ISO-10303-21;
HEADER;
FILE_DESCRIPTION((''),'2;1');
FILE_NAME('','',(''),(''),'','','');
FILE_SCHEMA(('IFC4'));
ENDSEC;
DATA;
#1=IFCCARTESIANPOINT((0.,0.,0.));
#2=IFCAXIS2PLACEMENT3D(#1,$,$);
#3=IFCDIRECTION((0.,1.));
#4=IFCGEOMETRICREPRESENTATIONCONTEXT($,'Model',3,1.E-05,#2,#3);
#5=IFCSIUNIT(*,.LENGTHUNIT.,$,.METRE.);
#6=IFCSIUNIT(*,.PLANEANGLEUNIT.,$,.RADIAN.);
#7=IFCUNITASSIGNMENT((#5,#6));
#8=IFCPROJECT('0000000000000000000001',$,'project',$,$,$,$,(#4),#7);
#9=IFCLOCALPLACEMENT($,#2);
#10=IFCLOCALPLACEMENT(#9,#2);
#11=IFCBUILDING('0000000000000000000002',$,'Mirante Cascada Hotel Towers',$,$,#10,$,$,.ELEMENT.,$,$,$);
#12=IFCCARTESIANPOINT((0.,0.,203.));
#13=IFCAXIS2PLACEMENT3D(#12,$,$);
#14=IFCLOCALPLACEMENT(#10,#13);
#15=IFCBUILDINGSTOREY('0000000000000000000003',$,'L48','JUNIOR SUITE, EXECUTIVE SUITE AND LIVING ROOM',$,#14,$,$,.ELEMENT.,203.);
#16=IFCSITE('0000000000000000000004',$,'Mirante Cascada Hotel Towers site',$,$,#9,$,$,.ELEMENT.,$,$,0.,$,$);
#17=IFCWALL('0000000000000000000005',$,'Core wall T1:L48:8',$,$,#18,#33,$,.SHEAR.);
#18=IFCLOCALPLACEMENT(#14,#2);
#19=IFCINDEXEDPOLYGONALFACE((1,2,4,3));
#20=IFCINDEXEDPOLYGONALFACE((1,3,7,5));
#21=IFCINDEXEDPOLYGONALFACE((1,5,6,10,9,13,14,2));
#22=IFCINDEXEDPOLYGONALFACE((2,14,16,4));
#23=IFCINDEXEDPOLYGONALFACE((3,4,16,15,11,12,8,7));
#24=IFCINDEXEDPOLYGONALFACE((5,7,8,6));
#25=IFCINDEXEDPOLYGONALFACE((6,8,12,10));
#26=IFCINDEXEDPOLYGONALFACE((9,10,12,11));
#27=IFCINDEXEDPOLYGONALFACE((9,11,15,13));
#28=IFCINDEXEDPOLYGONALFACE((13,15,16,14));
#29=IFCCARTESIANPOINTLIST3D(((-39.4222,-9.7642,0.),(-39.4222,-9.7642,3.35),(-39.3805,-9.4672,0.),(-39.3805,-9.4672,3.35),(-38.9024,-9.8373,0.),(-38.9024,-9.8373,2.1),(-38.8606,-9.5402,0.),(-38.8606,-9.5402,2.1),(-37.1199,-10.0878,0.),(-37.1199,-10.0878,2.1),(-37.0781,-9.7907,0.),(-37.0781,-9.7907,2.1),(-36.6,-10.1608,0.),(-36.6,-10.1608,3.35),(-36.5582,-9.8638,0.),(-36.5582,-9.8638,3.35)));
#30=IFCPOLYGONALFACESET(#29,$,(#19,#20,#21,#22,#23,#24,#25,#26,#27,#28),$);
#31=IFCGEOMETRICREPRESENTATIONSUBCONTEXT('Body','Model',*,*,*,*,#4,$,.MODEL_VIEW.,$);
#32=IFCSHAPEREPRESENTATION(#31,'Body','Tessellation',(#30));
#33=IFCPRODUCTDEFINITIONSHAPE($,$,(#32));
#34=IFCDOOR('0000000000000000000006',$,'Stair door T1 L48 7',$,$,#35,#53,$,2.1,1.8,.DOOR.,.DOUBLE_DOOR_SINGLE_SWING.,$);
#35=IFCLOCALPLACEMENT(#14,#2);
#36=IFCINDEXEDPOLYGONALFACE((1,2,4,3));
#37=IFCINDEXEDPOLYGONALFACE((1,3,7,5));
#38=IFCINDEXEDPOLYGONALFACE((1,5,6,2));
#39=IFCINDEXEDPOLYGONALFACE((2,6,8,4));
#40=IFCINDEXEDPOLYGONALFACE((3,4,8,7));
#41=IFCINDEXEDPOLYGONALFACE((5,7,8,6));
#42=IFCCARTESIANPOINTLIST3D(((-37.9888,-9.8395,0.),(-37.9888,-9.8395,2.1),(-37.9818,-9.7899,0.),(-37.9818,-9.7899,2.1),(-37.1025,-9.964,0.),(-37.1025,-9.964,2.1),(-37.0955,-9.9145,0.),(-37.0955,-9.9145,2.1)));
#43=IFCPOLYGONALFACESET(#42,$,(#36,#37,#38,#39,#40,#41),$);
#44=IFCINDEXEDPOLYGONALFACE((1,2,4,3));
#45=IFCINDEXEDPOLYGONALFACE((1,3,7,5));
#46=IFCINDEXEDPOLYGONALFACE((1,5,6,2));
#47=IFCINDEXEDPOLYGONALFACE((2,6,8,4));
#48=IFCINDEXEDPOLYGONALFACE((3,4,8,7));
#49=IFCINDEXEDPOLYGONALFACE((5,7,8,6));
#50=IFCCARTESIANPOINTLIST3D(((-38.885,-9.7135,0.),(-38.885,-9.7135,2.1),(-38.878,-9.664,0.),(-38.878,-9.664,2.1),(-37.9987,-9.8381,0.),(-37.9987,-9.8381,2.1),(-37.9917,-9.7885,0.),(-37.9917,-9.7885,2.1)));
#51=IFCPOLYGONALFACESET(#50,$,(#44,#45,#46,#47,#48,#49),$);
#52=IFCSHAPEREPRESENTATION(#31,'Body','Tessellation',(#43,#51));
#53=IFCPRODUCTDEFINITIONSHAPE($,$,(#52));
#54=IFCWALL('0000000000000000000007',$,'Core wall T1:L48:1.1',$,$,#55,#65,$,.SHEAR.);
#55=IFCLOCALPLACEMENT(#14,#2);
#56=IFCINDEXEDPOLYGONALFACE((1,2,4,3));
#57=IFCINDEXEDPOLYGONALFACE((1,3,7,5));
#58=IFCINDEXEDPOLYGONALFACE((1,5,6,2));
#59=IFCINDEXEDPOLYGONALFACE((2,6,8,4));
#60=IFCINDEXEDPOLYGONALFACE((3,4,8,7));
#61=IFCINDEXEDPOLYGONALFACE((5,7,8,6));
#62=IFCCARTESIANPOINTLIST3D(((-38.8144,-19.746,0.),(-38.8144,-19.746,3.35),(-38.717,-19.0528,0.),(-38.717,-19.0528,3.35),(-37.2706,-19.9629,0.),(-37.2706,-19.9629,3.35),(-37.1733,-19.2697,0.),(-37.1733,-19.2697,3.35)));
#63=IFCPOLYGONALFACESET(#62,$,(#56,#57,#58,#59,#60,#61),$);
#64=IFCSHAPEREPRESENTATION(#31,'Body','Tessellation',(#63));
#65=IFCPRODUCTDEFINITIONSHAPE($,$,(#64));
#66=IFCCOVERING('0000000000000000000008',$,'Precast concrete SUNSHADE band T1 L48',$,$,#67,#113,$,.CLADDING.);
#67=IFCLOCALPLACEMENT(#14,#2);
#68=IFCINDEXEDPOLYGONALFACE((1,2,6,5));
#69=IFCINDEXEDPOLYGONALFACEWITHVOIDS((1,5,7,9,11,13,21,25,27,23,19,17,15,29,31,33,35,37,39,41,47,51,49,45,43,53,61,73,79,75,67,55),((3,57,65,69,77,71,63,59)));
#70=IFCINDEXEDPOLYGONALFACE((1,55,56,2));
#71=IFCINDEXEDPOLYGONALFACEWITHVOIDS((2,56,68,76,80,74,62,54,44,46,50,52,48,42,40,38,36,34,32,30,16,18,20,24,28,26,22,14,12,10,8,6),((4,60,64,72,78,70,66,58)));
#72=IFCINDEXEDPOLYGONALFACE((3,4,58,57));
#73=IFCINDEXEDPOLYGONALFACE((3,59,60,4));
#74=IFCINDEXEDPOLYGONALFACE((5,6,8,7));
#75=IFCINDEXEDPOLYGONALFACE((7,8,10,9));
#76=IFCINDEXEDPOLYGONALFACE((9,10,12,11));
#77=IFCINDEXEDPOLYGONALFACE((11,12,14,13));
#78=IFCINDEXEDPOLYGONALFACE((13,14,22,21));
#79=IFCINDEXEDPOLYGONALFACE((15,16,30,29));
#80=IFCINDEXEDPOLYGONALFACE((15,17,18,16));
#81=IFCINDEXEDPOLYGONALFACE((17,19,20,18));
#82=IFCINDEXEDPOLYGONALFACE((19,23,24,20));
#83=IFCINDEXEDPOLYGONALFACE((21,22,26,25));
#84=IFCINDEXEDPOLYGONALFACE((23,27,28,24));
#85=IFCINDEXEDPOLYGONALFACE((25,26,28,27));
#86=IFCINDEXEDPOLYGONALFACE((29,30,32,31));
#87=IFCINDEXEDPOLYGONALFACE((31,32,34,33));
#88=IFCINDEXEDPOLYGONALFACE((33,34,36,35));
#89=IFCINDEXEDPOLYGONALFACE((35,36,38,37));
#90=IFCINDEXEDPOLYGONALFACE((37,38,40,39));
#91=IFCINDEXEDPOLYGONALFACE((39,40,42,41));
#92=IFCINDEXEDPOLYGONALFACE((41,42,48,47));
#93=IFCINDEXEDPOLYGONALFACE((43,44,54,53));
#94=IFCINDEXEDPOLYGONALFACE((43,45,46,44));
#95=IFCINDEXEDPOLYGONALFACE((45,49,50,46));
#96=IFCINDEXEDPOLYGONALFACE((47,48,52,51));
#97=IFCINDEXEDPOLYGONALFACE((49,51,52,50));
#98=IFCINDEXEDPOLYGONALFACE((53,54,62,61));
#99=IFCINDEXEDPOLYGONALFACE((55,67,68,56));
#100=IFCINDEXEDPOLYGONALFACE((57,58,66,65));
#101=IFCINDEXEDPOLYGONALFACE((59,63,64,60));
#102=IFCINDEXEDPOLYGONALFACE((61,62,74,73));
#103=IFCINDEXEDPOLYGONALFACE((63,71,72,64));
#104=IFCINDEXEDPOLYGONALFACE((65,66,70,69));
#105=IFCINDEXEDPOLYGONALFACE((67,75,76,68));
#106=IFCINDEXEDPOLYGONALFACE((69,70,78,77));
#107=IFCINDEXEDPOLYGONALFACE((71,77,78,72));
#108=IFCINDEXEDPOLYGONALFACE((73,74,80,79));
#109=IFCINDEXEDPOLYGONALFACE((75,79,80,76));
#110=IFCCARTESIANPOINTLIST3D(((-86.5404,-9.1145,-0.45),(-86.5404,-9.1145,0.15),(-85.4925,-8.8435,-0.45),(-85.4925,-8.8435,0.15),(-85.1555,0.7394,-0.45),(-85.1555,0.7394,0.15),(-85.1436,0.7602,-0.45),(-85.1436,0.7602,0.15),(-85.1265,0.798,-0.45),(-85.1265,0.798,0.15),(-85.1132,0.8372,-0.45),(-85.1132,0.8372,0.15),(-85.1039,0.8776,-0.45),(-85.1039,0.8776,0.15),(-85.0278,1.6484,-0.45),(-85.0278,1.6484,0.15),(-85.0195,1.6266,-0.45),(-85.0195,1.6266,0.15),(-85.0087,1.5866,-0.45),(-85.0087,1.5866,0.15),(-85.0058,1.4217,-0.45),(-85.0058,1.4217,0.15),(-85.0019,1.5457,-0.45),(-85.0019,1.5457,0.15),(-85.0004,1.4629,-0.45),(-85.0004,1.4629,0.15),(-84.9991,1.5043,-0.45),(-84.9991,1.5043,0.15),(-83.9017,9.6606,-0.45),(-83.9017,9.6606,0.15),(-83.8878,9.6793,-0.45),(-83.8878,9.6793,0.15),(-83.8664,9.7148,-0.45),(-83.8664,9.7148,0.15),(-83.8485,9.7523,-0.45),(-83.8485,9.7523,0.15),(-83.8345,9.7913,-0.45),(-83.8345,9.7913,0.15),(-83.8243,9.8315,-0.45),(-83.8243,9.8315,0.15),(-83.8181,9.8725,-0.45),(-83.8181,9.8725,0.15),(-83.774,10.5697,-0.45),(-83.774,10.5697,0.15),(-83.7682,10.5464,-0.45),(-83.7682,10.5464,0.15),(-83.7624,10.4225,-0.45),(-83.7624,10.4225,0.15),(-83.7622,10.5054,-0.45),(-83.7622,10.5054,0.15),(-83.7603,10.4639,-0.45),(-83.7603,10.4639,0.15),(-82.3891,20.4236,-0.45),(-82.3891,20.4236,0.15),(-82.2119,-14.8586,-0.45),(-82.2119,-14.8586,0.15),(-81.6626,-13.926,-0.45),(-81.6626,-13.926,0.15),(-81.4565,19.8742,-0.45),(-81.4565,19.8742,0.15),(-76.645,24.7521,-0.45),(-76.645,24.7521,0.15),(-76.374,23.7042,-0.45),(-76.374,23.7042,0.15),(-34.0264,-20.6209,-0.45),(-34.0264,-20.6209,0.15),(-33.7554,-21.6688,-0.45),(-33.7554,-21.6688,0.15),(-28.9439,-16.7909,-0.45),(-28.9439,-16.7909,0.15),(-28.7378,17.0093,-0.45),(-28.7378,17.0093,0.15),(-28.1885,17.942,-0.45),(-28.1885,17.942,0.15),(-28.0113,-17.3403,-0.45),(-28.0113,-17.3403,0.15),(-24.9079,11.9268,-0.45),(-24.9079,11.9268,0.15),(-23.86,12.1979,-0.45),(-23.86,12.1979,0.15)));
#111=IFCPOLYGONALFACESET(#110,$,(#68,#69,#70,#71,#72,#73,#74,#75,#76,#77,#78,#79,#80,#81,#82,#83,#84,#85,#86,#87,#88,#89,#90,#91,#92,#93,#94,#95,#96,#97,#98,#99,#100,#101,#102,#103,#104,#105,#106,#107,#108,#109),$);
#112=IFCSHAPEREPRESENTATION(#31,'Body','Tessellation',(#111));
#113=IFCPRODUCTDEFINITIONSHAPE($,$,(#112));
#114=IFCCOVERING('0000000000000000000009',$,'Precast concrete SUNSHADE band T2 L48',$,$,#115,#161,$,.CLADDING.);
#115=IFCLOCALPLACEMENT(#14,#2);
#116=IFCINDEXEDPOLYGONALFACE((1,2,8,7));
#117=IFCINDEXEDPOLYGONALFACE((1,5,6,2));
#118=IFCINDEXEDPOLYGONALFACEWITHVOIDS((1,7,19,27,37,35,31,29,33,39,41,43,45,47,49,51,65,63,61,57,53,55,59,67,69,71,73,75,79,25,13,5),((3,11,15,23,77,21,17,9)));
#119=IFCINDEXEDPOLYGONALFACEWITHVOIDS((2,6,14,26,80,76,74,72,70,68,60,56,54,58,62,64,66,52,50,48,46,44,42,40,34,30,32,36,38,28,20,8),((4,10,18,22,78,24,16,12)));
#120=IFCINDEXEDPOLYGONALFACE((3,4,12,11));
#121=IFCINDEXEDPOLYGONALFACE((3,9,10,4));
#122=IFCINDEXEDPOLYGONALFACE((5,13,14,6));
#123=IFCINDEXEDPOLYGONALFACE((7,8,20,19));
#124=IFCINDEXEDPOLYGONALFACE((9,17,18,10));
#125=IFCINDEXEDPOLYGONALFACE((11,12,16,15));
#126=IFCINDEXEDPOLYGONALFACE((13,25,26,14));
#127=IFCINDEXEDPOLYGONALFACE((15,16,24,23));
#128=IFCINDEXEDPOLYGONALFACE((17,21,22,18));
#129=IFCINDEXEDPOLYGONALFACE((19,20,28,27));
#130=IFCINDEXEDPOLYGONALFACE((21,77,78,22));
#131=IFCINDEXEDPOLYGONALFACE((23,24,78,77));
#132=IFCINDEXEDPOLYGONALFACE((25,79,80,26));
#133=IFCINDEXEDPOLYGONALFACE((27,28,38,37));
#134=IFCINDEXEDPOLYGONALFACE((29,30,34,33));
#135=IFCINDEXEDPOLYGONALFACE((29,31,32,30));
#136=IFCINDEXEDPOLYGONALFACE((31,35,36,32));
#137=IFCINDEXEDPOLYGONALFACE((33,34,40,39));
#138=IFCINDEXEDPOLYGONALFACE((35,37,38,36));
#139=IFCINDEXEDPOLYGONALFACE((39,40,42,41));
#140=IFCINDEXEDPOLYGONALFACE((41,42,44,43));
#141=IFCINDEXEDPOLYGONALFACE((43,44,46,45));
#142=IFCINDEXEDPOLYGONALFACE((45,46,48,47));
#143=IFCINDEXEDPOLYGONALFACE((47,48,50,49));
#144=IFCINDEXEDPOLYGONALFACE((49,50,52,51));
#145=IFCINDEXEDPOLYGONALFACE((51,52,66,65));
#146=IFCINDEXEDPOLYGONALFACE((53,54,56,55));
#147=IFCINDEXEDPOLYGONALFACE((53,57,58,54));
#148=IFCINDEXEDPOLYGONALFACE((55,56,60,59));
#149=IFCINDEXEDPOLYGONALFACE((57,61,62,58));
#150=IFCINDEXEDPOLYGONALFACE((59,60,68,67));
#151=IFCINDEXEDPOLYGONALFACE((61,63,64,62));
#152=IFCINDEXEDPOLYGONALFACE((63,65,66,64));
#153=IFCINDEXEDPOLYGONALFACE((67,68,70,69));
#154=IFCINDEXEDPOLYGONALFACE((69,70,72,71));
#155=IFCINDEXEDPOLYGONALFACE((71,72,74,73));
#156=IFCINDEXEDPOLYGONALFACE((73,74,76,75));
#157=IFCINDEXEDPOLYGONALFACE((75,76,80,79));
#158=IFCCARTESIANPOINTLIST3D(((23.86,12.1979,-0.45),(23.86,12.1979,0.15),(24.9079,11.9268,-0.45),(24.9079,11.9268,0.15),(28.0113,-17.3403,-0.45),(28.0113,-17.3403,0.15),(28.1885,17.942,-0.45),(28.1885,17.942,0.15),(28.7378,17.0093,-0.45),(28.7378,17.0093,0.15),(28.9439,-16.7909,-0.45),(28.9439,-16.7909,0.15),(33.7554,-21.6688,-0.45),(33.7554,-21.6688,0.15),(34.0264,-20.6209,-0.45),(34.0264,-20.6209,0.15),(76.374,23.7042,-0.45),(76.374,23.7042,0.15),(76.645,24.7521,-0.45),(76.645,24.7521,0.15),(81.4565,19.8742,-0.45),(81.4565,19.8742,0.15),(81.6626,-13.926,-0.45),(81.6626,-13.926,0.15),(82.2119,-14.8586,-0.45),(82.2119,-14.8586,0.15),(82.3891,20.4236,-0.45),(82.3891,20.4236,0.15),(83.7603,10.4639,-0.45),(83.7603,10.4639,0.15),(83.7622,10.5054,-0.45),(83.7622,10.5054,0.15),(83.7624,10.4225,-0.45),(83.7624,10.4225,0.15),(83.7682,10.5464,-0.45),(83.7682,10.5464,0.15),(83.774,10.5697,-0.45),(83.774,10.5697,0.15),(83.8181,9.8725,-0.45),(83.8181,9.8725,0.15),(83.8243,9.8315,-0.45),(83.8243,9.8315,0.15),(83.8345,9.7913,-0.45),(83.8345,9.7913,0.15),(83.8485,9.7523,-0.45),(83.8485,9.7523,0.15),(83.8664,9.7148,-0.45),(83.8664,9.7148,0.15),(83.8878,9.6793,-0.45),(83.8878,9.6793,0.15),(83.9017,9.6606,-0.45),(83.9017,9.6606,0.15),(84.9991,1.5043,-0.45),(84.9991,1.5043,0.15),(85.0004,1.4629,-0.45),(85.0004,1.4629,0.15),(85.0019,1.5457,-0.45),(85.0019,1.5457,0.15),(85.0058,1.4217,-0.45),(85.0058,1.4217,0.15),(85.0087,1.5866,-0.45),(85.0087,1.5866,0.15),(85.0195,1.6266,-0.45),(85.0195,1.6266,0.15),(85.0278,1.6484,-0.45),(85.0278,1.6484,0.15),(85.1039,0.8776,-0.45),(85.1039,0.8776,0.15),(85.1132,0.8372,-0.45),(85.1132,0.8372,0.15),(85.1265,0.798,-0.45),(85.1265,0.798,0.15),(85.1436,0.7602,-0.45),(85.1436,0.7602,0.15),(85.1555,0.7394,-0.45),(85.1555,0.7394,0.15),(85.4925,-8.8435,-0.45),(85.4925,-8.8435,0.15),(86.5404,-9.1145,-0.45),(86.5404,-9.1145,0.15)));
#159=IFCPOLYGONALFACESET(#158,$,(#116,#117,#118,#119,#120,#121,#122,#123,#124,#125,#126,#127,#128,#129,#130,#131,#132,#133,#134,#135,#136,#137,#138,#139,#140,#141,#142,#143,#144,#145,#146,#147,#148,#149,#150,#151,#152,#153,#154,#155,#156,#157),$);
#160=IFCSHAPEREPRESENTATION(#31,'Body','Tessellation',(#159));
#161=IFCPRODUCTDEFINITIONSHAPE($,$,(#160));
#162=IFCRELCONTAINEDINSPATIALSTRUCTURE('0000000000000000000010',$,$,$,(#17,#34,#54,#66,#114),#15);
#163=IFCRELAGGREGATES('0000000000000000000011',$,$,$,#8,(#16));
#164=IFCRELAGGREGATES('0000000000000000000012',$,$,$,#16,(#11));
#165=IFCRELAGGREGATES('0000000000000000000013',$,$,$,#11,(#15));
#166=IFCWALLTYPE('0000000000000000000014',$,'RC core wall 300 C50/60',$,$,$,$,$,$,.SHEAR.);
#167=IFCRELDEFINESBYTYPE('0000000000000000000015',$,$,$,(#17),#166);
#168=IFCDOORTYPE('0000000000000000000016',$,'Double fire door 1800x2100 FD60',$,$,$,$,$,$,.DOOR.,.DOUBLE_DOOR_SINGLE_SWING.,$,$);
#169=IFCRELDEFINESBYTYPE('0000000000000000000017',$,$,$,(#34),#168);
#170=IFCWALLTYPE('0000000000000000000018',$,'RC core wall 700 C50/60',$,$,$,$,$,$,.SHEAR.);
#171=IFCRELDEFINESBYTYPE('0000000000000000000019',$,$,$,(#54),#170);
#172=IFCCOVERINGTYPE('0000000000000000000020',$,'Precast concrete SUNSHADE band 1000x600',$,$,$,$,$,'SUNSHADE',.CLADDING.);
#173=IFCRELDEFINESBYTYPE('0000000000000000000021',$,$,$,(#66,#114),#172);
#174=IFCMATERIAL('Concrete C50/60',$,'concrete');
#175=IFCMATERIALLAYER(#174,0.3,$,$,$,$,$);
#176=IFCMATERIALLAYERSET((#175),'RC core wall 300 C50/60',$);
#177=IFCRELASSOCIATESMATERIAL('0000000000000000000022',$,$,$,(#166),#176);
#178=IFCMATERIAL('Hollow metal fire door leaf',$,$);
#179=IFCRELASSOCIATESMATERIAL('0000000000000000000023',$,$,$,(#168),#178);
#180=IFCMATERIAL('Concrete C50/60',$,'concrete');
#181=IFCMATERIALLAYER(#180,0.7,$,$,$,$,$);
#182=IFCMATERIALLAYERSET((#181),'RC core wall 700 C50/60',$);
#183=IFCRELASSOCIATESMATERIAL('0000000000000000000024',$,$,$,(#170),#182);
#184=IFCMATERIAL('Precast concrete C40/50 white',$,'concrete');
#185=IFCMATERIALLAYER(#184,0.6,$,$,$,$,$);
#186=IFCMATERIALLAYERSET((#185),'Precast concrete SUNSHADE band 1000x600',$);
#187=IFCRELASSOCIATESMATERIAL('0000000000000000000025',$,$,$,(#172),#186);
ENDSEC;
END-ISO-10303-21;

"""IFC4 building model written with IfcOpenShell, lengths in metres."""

from ifc_helpers import new_model, si_unit, direction, frame, frame_2d, origin, place, context, subcontext, project, spatial, polyline, rectangle, outline, extrude, material, layer, layer_set, type_object, element, fill, save


model = new_model("IFC4")

# Units and contexts
model_context = context("Model", 3, precision=1e-05, world=origin(), true_north=direction((0.0, 1.0)))
body_context = subcontext(model_context, "Body", "Model", "MODEL_VIEW")
ifc_project = project(units=[si_unit("LENGTHUNIT", "METRE"), si_unit("PLANEANGLEUNIT", "RADIAN")], contexts=[model_context])

# Site, building, storey
site_placement = place(None, origin())
site = spatial("IfcSite", under=ifc_project, at=site_placement, Name="Mirante Cascada Hotel Towers site", CompositionType="ELEMENT", RefElevation=0.0)
building_placement = place(site_placement, origin())
building = spatial("IfcBuilding", under=site, at=building_placement, Name="Mirante Cascada Hotel Towers", CompositionType="ELEMENT")
storey_placement = place(building_placement, frame((0.0, 0.0, 203.0)))
storey = spatial("IfcBuildingStorey", under=building, at=storey_placement, Name="L48", Description="JUNIOR SUITE, EXECUTIVE SUITE AND LIVING ROOM", CompositionType="ELEMENT", Elevation=203.0)

# Wall, opening, door
ifc_material_1 = material(Name="Concrete C50/60", Category="concrete")
ifc_layer_1 = layer(ifc_material_1, 0.3)
ifc_layer_set_1 = layer_set([ifc_layer_1], Name="RC core wall 300 C50/60")
wall_type_1 = type_object("IfcWallType", Name="RC core wall 300 C50/60", PredefinedType="SHEAR", material=ifc_layer_set_1)
wall_1_placement = place(storey_placement, frame((-36.5791, -10.0123, 0.0), z_axis=(0.0, 0.0, 1.0), x_axis=(-0.99027, 0.139156, 0.0)))
wall_1 = element("IfcWall", 1, at=wall_1_placement, inside=storey, type_object=wall_type_1, Name="Core wall T1:L48:8", PredefinedType="SHEAR", context=body_context, shape_type="SweptSolid", body=[
    extrude(rectangle(XDim=2.85, YDim=0.3, at=frame_2d((1.425, 0.0))), origin(), (0.0, 0.0, 1.0), 3.35),
])
opening_1_placement = place(wall_1_placement, frame((0.525, 0.0, 0.0)))
opening_1 = element("IfcOpeningElement", 2, at=opening_1_placement, cuts=wall_1, PredefinedType="OPENING", context=body_context, shape_type="SweptSolid", body=[
    extrude(rectangle(XDim=1.8, YDim=2.1, at=frame_2d((0.9, 1.05))), frame((0.0, 0.15, 0.0), z_axis=(0.0, -1.0, 0.0), x_axis=(1.0, 0.0, 0.0)), (0.0, 0.0, 1.0), 0.3),
])
ifc_material_2 = material(Name="Hollow metal fire door leaf")
door_type_1 = type_object("IfcDoorType", Name="Double fire door 1800x2100 FD60", OperationType="DOUBLE_DOOR_SINGLE_SWING", PredefinedType="DOOR", material=ifc_material_2)
door_1_placement = place(opening_1_placement, origin())
door_1 = element("IfcDoor", 3, at=door_1_placement, inside=storey, type_object=door_type_1, Name="Stair door T1 L48 7", OperationType="DOUBLE_DOOR_SINGLE_SWING", OverallHeight=2.1, OverallWidth=1.8, PredefinedType="DOOR", context=body_context, shape_type="SweptSolid", body=[
    extrude(rectangle(XDim=0.895, YDim=2.1, at=frame_2d((0.4475, 1.05))), frame((0.0, 0.025, 0.0), z_axis=(0.0, -1.0, 0.0), x_axis=(1.0, 0.0, 0.0)), (0.0, 0.0, 1.0), 0.05),
    extrude(rectangle(XDim=0.895, YDim=2.1, at=frame_2d((1.3525, 1.05))), frame((0.0, 0.025, 0.0), z_axis=(0.0, -1.0, 0.0), x_axis=(1.0, 0.0, 0.0)), (0.0, 0.0, 1.0), 0.05),
])
fill(opening_1, door_1)

# Wall
ifc_material_3 = material(Name="Concrete C50/60", Category="concrete")
ifc_layer_2 = layer(ifc_material_3, 0.7)
ifc_layer_set_2 = layer_set([ifc_layer_2], Name="RC core wall 700 C50/60")
wall_type_2 = type_object("IfcWallType", Name="RC core wall 700 C50/60", PredefinedType="SHEAR", material=ifc_layer_set_2)
wall_2_placement = place(storey_placement, frame((-37.222, -19.6163, 0.0), z_axis=(0.0, 0.0, 1.0), x_axis=(-0.990273, 0.13914, 0.0)))
element("IfcWall", 4, at=wall_2_placement, inside=storey, type_object=wall_type_2, Name="Core wall T1:L48:1.1", PredefinedType="SHEAR", context=body_context, shape_type="SweptSolid", body=[
    extrude(rectangle(XDim=1.5589, YDim=0.7, at=frame_2d((0.7794, 0.0))), origin(), (0.0, 0.0, 1.0), 3.35),
])

# Coverings
ifc_material_4 = material(Name="Precast concrete C40/50 white", Category="concrete")
ifc_layer_3 = layer(ifc_material_4, 0.6)
ifc_layer_set_3 = layer_set([ifc_layer_3], Name="Precast concrete SUNSHADE band 1000x600")
covering_type = type_object("IfcCoveringType", Name="Precast concrete SUNSHADE band 1000x600", ElementType="SUNSHADE", PredefinedType="CLADDING", material=ifc_layer_set_3)
covering_1_placement = place(storey_placement, frame((0.0, 0.0, -0.45)))
element("IfcCovering", 5, at=covering_1_placement, inside=storey, type_object=covering_type, Name="Precast concrete SUNSHADE band T1 L48", PredefinedType="CLADDING", context=body_context, shape_type="SweptSolid", body=[
    extrude(outline(polyline([(-86.5404, -9.1145), (-85.1555, 0.7394), (-85.1436, 0.7602), (-85.1265, 0.798), (-85.1132, 0.8372), (-85.1039, 0.8776), (-85.0058, 1.4217), (-85.0004, 1.4629), (-84.9991, 1.5043), (-85.0019, 1.5457), (-85.0087, 1.5866), (-85.0195, 1.6266), (-85.0278, 1.6484), (-83.9017, 9.6606), (-83.8878, 9.6793), (-83.8664, 9.7148), (-83.8485, 9.7523), (-83.8345, 9.7913), (-83.8243, 9.8315), (-83.8181, 9.8725), (-83.7624, 10.4225), (-83.7603, 10.4639), (-83.7622, 10.5054), (-83.7682, 10.5464), (-83.774, 10.5697), (-82.3891, 20.4236), (-76.645, 24.7521), (-28.1885, 17.942), (-23.86, 12.1979), (-28.0113, -17.3403), (-33.7554, -21.6688), (-82.2119, -14.8586), (-86.5404, -9.1145)]), holes=[polyline([(-24.9079, 11.9268), (-28.7378, 17.0093), (-76.374, 23.7042), (-81.4565, 19.8742), (-85.4925, -8.8435), (-81.6626, -13.926), (-34.0264, -20.6209), (-28.9439, -16.7909), (-24.9079, 11.9268)])]), origin(), (0.0, 0.0, 1.0), 0.6),
])
covering_2_placement = place(storey_placement, frame((0.0, 0.0, -0.45)))
element("IfcCovering", 6, at=covering_2_placement, inside=storey, type_object=covering_type, Name="Precast concrete SUNSHADE band T2 L48", PredefinedType="CLADDING", context=body_context, shape_type="SweptSolid", body=[
    extrude(outline(polyline([(23.86, 12.1979), (28.1885, 17.942), (76.645, 24.7521), (82.3891, 20.4236), (83.774, 10.5697), (83.7682, 10.5464), (83.7622, 10.5054), (83.7603, 10.4639), (83.7624, 10.4225), (83.8181, 9.8725), (83.8243, 9.8315), (83.8345, 9.7913), (83.8485, 9.7523), (83.8664, 9.7148), (83.8878, 9.6793), (83.9017, 9.6606), (85.0278, 1.6484), (85.0195, 1.6266), (85.0087, 1.5866), (85.0019, 1.5457), (84.9991, 1.5043), (85.0004, 1.4629), (85.0058, 1.4217), (85.1039, 0.8776), (85.1132, 0.8372), (85.1265, 0.798), (85.1436, 0.7602), (85.1555, 0.7394), (86.5404, -9.1145), (82.2119, -14.8586), (33.7554, -21.6688), (28.0113, -17.3403), (23.86, 12.1979)]), holes=[polyline([(85.4925, -8.8435), (81.4565, 19.8742), (76.374, 23.7042), (28.7378, 17.0093), (24.9079, 11.9268), (28.9439, -16.7909), (34.0264, -20.6209), (81.6626, -13.926), (85.4925, -8.8435)])]), origin(), (0.0, 0.0, 1.0), 0.6),
])

save(model, "model.ifc")
